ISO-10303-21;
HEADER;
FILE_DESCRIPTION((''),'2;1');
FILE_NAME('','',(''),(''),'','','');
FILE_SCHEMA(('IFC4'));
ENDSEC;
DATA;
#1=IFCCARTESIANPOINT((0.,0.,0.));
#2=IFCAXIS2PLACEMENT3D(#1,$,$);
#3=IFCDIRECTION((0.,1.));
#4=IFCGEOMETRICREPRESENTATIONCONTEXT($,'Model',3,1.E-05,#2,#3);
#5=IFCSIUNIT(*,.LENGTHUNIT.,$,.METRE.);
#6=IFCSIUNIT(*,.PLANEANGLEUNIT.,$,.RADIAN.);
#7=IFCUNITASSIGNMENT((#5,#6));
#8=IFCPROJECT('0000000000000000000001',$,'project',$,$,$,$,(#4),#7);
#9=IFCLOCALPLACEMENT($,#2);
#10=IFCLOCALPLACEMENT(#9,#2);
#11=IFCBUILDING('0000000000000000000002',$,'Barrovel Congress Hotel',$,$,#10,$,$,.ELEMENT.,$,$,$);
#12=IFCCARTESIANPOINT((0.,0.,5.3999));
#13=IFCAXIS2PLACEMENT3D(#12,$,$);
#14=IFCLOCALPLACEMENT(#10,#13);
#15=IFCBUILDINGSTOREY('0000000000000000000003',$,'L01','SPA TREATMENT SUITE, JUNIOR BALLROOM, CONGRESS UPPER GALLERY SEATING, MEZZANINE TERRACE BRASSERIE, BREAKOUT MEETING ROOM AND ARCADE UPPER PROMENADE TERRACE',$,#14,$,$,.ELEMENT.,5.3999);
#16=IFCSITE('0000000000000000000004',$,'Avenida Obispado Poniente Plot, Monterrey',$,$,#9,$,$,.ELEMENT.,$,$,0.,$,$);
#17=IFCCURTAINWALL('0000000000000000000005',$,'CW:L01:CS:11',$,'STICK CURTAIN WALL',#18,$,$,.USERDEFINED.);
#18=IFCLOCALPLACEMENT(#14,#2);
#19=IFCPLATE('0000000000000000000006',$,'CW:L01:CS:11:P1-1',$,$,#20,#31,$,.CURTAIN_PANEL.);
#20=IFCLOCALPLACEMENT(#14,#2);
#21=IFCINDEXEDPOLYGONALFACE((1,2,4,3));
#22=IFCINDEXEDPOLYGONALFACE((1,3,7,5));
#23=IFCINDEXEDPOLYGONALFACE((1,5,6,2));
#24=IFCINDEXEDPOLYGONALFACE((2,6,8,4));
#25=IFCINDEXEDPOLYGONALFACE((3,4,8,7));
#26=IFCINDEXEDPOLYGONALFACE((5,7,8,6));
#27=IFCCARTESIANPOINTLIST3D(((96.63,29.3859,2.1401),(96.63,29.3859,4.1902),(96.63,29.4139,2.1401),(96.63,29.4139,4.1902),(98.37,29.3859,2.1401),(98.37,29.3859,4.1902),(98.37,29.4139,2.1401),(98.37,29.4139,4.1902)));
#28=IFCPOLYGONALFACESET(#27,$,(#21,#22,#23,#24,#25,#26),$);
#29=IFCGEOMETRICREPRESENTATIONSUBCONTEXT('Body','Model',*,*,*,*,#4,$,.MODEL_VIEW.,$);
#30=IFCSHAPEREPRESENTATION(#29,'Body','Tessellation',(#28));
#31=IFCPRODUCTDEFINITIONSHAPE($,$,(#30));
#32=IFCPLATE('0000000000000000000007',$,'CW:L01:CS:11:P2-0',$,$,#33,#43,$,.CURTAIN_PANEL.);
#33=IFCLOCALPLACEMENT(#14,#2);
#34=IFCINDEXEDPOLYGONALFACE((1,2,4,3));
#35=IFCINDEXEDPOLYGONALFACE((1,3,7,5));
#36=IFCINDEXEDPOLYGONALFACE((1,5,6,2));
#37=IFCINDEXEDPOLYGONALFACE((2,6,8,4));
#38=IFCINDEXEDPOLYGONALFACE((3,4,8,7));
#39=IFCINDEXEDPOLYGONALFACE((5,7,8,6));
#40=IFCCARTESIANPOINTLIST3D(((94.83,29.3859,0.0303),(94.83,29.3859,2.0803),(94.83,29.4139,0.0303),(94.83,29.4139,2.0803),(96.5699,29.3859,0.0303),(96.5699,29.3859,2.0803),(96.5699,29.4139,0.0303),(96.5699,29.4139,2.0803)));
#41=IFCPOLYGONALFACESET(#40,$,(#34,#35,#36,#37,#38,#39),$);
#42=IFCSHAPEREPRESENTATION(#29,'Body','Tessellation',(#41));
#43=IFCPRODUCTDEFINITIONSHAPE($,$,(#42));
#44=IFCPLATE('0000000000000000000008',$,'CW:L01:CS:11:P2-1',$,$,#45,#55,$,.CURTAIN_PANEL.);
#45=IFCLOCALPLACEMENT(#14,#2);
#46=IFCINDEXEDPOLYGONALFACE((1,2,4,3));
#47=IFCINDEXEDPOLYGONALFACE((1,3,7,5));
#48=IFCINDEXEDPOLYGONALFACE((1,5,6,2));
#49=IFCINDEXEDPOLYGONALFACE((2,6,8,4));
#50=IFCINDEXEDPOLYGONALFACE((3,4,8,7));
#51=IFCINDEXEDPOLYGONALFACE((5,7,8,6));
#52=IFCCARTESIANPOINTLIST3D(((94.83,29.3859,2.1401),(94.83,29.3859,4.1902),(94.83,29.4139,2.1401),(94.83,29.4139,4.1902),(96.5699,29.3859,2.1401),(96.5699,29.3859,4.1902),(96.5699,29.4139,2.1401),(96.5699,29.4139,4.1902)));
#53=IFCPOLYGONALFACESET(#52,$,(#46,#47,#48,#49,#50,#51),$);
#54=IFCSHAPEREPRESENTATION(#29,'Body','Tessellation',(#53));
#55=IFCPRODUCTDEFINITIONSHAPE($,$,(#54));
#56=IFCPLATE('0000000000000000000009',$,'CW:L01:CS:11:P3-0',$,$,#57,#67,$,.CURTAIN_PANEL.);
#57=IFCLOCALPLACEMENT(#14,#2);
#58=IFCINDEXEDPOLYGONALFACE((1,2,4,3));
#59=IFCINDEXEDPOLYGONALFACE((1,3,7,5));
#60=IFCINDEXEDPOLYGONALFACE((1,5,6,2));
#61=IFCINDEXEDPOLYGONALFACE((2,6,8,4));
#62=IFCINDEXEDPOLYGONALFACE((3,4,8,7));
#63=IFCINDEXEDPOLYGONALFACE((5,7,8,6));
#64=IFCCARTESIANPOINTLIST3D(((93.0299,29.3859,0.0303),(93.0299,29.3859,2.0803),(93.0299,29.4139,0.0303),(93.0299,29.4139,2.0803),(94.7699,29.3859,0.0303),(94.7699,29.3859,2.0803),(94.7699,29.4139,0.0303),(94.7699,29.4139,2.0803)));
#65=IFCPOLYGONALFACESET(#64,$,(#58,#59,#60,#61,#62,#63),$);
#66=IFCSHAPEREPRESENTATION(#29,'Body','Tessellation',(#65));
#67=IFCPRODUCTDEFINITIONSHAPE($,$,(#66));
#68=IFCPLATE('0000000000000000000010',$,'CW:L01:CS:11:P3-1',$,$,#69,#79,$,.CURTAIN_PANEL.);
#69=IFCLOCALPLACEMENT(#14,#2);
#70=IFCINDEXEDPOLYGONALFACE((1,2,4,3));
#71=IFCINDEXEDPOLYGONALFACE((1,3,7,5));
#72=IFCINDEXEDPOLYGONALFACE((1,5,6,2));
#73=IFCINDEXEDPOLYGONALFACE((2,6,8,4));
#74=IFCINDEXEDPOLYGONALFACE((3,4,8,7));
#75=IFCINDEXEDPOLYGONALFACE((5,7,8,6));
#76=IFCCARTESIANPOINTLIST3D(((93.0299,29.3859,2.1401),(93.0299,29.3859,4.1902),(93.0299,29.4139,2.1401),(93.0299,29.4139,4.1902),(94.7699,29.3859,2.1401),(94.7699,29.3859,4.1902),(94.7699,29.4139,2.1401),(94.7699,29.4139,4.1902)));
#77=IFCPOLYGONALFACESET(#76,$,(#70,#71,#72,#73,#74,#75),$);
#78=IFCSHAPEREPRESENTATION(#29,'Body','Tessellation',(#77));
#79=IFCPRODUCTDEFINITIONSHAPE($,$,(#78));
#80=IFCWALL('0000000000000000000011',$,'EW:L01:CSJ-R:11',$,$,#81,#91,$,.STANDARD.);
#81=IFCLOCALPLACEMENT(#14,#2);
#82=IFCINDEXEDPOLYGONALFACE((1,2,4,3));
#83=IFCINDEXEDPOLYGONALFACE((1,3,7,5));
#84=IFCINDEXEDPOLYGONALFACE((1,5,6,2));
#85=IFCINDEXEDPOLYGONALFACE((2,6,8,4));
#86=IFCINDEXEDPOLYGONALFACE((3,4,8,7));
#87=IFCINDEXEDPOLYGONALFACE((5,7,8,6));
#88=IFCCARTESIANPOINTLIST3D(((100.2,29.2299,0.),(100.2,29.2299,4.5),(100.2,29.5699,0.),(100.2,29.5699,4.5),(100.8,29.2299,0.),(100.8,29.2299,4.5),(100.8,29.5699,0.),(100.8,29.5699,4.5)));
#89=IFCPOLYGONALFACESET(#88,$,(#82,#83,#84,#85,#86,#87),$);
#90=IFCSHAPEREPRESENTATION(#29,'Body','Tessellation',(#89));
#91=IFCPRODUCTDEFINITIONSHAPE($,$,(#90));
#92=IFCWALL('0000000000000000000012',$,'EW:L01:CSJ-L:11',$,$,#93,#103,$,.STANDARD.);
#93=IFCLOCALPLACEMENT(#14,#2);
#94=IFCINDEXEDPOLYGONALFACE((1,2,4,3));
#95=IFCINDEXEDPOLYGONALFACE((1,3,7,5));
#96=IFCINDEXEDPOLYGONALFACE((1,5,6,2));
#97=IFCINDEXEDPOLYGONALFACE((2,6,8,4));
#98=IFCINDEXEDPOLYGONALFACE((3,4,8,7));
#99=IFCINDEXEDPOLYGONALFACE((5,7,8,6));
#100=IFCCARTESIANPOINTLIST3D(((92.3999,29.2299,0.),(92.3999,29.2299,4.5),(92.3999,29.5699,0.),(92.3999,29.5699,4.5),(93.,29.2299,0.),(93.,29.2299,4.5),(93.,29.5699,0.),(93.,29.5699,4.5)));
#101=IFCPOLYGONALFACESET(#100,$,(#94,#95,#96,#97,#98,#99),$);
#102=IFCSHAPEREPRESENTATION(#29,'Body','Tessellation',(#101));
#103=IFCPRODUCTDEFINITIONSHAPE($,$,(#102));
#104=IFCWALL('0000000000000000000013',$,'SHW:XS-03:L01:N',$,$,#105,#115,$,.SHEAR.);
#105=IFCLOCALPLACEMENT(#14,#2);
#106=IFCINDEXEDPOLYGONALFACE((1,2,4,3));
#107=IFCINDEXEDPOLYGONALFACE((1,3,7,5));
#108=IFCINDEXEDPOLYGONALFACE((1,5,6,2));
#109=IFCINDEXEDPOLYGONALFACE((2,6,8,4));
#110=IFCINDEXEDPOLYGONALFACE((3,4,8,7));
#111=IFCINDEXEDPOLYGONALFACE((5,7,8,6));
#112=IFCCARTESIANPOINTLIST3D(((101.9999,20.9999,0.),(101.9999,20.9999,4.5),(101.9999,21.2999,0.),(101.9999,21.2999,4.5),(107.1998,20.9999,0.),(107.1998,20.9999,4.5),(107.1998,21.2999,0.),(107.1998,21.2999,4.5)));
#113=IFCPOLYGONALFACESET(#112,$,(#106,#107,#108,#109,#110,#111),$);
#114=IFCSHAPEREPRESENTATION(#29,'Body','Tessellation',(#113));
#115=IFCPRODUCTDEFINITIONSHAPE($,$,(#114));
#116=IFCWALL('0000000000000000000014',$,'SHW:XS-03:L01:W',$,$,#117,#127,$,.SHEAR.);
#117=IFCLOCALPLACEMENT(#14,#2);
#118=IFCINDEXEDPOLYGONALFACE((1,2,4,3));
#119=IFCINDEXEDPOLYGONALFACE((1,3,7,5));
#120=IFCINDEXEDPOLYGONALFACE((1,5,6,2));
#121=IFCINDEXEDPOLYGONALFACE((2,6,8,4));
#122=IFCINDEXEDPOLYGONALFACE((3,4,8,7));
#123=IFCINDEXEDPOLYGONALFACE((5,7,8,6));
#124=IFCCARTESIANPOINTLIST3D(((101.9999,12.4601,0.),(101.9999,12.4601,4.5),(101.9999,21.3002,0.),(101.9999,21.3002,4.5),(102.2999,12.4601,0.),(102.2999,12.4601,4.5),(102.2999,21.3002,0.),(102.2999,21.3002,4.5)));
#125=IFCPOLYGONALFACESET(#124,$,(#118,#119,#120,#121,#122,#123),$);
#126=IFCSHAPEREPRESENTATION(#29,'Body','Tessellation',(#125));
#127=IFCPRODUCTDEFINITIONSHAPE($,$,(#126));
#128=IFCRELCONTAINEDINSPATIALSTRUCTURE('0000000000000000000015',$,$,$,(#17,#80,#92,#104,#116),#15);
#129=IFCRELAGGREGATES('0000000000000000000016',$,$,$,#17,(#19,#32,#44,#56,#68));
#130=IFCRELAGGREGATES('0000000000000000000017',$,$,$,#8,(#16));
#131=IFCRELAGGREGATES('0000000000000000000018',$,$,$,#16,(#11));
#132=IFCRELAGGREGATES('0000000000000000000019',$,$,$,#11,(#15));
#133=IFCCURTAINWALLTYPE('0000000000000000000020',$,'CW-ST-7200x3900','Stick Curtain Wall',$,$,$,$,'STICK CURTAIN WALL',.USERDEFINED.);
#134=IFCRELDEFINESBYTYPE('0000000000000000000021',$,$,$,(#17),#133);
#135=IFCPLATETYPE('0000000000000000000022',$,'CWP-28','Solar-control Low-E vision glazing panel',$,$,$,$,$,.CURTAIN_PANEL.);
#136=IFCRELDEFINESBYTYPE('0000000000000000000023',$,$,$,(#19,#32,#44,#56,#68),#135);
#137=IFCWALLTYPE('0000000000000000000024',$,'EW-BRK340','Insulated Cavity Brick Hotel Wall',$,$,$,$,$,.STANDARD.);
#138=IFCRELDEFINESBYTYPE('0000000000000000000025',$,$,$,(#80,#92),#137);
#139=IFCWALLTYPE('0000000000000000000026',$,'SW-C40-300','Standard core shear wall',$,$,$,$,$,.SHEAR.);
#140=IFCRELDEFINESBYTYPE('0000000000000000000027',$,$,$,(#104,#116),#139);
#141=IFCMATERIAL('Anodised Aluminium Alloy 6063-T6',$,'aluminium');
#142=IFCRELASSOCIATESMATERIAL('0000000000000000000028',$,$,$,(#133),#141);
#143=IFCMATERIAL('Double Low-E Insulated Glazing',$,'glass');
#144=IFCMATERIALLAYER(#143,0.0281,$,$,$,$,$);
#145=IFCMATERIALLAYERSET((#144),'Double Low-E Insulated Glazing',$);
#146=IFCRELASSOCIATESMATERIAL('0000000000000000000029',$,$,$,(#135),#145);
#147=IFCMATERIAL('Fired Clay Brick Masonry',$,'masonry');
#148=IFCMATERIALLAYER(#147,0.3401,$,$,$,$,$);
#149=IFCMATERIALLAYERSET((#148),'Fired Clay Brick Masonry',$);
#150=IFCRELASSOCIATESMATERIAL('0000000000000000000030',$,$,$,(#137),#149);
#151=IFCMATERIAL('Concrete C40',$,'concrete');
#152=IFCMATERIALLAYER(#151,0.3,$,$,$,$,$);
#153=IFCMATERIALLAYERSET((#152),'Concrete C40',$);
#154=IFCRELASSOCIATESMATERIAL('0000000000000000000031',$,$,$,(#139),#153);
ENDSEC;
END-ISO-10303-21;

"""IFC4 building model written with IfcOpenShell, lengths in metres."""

from ifc_helpers import new_model, si_unit, direction, frame, frame_2d, origin, origin_2d, place, context, subcontext, project, spatial, rectangle, extrude, material, layer, layer_set, type_object, element, aggregate, save


model = new_model("IFC4")

# Units and contexts
model_context = context("Model", 3, precision=1e-05, world=origin(), true_north=direction((0.0, 1.0)))
body_context = subcontext(model_context, "Body", "Model", "MODEL_VIEW")
ifc_project = project(units=[si_unit("LENGTHUNIT", "METRE"), si_unit("PLANEANGLEUNIT", "RADIAN")], contexts=[model_context])

# Site, building, storey
site_placement = place(None, origin())
site = spatial("IfcSite", under=ifc_project, at=site_placement, Name="Avenida Obispado Poniente Plot, Monterrey", CompositionType="ELEMENT", RefElevation=0.0)
building_placement = place(site_placement, origin())
building = spatial("IfcBuilding", under=site, at=building_placement, Name="Barrovel Congress Hotel", CompositionType="ELEMENT")
storey_placement = place(building_placement, frame((0.0, 0.0, 5.3999)))
storey = spatial("IfcBuildingStorey", under=building, at=storey_placement, Name="L01", Description="SPA TREATMENT SUITE, JUNIOR BALLROOM, CONGRESS UPPER GALLERY SEATING, MEZZANINE TERRACE BRASSERIE, BREAKOUT MEETING ROOM AND ARCADE UPPER PROMENADE TERRACE", CompositionType="ELEMENT", Elevation=5.3999)

# Shared definitions
ifc_material_1 = material(Name="Concrete C40", Category="concrete")

# Curtain wall
ifc_material_2 = material(Name="Anodised Aluminium Alloy 6063-T6", Category="aluminium")
curtain_wall_type = type_object("IfcCurtainWallType", Name="CW-ST-7200x3900", Description="Stick Curtain Wall", ElementType="STICK CURTAIN WALL", PredefinedType="USERDEFINED", material=ifc_material_2)
curtain_wall_placement = place(storey_placement, origin())
curtain_wall = element("IfcCurtainWall", 1, at=curtain_wall_placement, inside=storey, type_object=curtain_wall_type, Name="CW:L01:CS:11", ObjectType="STICK CURTAIN WALL", PredefinedType="USERDEFINED")

# Plates
ifc_material_3 = material(Name="Double Low-E Insulated Glazing", Category="glass")
ifc_layer_1 = layer(ifc_material_3, 0.0281)
ifc_layer_set_1 = layer_set([ifc_layer_1], Name="Double Low-E Insulated Glazing")
plate_type = type_object("IfcPlateType", Name="CWP-28", Description="Solar-control Low-E vision glazing panel", PredefinedType="CURTAIN_PANEL", material=ifc_layer_set_1)
plate_1_placement = place(storey_placement, frame((97.5, 29.3999, 2.1401), z_axis=(0.0, 0.0, 1.0), x_axis=(-1.0, 0.0, 0.0)))
plate_1 = element("IfcPlate", 2, at=plate_1_placement, type_object=plate_type, Name="CW:L01:CS:11:P1-1", PredefinedType="CURTAIN_PANEL", context=body_context, shape_type="SweptSolid", body=[
    extrude(rectangle(XDim=1.74, YDim=0.0281, at=origin_2d()), origin(), (0.0, 0.0, 1.0), 2.05),
])
plate_2_placement = place(storey_placement, frame((95.7, 29.3999, 0.0303), z_axis=(0.0, 0.0, 1.0), x_axis=(-1.0, 0.0, 0.0)))
plate_2 = element("IfcPlate", 3, at=plate_2_placement, type_object=plate_type, Name="CW:L01:CS:11:P2-0", PredefinedType="CURTAIN_PANEL", context=body_context, shape_type="SweptSolid", body=[
    extrude(rectangle(XDim=1.74, YDim=0.0281, at=origin_2d()), origin(), (0.0, 0.0, 1.0), 2.05),
])
plate_3_placement = place(storey_placement, frame((95.7, 29.3999, 2.1401), z_axis=(0.0, 0.0, 1.0), x_axis=(-1.0, 0.0, 0.0)))
plate_3 = element("IfcPlate", 4, at=plate_3_placement, type_object=plate_type, Name="CW:L01:CS:11:P2-1", PredefinedType="CURTAIN_PANEL", context=body_context, shape_type="SweptSolid", body=[
    extrude(rectangle(XDim=1.74, YDim=0.0281, at=origin_2d()), origin(), (0.0, 0.0, 1.0), 2.05),
])
plate_4_placement = place(storey_placement, frame((93.8999, 29.3999, 0.0303), z_axis=(0.0, 0.0, 1.0), x_axis=(-1.0, 0.0, 0.0)))
plate_4 = element("IfcPlate", 5, at=plate_4_placement, type_object=plate_type, Name="CW:L01:CS:11:P3-0", PredefinedType="CURTAIN_PANEL", context=body_context, shape_type="SweptSolid", body=[
    extrude(rectangle(XDim=1.74, YDim=0.0281, at=origin_2d()), origin(), (0.0, 0.0, 1.0), 2.05),
])
plate_5_placement = place(storey_placement, frame((93.8999, 29.3999, 2.1401), z_axis=(0.0, 0.0, 1.0), x_axis=(-1.0, 0.0, 0.0)))
plate_5 = element("IfcPlate", 6, at=plate_5_placement, type_object=plate_type, Name="CW:L01:CS:11:P3-1", PredefinedType="CURTAIN_PANEL", context=body_context, shape_type="SweptSolid", body=[
    extrude(rectangle(XDim=1.74, YDim=0.0281, at=origin_2d()), origin(), (0.0, 0.0, 1.0), 2.05),
])
aggregate(curtain_wall, [plate_1, plate_2, plate_3, plate_4, plate_5])

# Walls
ifc_material_4 = material(Name="Fired Clay Brick Masonry", Category="masonry")
ifc_layer_2 = layer(ifc_material_4, 0.3401)
ifc_layer_set_2 = layer_set([ifc_layer_2], Name="Fired Clay Brick Masonry")
wall_type_1 = type_object("IfcWallType", Name="EW-BRK340", Description="Insulated Cavity Brick Hotel Wall", PredefinedType="STANDARD", material=ifc_layer_set_2)
for number, where, z_axis, x_axis, name in (
    (7, (100.8, 29.3999, 0.0), (0.0, 0.0, 1.0), (-1.0, 0.0, 0.0), "EW:L01:CSJ-R:11"),
    (8, (93.0, 29.3999, 0.0), (0.0, 0.0, 1.0), (-1.0, 0.0, 0.0), "EW:L01:CSJ-L:11"),
):
    element("IfcWall", number, at=place(storey_placement, frame(where, z_axis=z_axis, x_axis=x_axis)), inside=storey, type_object=wall_type_1, Name=name, PredefinedType="STANDARD", context=body_context, shape_type="SweptSolid", body=[
        extrude(rectangle(XDim=0.6001, YDim=0.3401, at=frame_2d((0.3, 0.0))), origin(), (0.0, 0.0, 1.0), 4.5),
    ])
ifc_layer_3 = layer(ifc_material_1, 0.3)
ifc_layer_set_3 = layer_set([ifc_layer_3], Name="Concrete C40")
wall_type_2 = type_object("IfcWallType", Name="SW-C40-300", Description="Standard core shear wall", PredefinedType="SHEAR", material=ifc_layer_set_3)
wall_1_placement = place(storey_placement, frame((107.2, 21.1499, 0.0), z_axis=(0.0, 0.0, 1.0), x_axis=(-1.0, 0.0, 0.0)))
element("IfcWall", 9, at=wall_1_placement, inside=storey, type_object=wall_type_2, Name="SHW:XS-03:L01:N", PredefinedType="SHEAR", context=body_context, shape_type="SweptSolid", body=[
    extrude(rectangle(XDim=5.2, YDim=0.3, at=frame_2d((2.6001, 0.0))), origin(), (0.0, 0.0, 1.0), 4.5),
])
wall_2_placement = place(storey_placement, frame((102.1499, 21.3, 0.0), z_axis=(0.0, 0.0, 1.0), x_axis=(0.0, -1.0, 0.0)))
element("IfcWall", 10, at=wall_2_placement, inside=storey, type_object=wall_type_2, Name="SHW:XS-03:L01:W", PredefinedType="SHEAR", context=body_context, shape_type="SweptSolid", body=[
    extrude(rectangle(XDim=8.8401, YDim=0.3, at=frame_2d((4.4199, 0.0))), origin(), (0.0, 0.0, 1.0), 4.5),
])

save(model, "model.ifc")
